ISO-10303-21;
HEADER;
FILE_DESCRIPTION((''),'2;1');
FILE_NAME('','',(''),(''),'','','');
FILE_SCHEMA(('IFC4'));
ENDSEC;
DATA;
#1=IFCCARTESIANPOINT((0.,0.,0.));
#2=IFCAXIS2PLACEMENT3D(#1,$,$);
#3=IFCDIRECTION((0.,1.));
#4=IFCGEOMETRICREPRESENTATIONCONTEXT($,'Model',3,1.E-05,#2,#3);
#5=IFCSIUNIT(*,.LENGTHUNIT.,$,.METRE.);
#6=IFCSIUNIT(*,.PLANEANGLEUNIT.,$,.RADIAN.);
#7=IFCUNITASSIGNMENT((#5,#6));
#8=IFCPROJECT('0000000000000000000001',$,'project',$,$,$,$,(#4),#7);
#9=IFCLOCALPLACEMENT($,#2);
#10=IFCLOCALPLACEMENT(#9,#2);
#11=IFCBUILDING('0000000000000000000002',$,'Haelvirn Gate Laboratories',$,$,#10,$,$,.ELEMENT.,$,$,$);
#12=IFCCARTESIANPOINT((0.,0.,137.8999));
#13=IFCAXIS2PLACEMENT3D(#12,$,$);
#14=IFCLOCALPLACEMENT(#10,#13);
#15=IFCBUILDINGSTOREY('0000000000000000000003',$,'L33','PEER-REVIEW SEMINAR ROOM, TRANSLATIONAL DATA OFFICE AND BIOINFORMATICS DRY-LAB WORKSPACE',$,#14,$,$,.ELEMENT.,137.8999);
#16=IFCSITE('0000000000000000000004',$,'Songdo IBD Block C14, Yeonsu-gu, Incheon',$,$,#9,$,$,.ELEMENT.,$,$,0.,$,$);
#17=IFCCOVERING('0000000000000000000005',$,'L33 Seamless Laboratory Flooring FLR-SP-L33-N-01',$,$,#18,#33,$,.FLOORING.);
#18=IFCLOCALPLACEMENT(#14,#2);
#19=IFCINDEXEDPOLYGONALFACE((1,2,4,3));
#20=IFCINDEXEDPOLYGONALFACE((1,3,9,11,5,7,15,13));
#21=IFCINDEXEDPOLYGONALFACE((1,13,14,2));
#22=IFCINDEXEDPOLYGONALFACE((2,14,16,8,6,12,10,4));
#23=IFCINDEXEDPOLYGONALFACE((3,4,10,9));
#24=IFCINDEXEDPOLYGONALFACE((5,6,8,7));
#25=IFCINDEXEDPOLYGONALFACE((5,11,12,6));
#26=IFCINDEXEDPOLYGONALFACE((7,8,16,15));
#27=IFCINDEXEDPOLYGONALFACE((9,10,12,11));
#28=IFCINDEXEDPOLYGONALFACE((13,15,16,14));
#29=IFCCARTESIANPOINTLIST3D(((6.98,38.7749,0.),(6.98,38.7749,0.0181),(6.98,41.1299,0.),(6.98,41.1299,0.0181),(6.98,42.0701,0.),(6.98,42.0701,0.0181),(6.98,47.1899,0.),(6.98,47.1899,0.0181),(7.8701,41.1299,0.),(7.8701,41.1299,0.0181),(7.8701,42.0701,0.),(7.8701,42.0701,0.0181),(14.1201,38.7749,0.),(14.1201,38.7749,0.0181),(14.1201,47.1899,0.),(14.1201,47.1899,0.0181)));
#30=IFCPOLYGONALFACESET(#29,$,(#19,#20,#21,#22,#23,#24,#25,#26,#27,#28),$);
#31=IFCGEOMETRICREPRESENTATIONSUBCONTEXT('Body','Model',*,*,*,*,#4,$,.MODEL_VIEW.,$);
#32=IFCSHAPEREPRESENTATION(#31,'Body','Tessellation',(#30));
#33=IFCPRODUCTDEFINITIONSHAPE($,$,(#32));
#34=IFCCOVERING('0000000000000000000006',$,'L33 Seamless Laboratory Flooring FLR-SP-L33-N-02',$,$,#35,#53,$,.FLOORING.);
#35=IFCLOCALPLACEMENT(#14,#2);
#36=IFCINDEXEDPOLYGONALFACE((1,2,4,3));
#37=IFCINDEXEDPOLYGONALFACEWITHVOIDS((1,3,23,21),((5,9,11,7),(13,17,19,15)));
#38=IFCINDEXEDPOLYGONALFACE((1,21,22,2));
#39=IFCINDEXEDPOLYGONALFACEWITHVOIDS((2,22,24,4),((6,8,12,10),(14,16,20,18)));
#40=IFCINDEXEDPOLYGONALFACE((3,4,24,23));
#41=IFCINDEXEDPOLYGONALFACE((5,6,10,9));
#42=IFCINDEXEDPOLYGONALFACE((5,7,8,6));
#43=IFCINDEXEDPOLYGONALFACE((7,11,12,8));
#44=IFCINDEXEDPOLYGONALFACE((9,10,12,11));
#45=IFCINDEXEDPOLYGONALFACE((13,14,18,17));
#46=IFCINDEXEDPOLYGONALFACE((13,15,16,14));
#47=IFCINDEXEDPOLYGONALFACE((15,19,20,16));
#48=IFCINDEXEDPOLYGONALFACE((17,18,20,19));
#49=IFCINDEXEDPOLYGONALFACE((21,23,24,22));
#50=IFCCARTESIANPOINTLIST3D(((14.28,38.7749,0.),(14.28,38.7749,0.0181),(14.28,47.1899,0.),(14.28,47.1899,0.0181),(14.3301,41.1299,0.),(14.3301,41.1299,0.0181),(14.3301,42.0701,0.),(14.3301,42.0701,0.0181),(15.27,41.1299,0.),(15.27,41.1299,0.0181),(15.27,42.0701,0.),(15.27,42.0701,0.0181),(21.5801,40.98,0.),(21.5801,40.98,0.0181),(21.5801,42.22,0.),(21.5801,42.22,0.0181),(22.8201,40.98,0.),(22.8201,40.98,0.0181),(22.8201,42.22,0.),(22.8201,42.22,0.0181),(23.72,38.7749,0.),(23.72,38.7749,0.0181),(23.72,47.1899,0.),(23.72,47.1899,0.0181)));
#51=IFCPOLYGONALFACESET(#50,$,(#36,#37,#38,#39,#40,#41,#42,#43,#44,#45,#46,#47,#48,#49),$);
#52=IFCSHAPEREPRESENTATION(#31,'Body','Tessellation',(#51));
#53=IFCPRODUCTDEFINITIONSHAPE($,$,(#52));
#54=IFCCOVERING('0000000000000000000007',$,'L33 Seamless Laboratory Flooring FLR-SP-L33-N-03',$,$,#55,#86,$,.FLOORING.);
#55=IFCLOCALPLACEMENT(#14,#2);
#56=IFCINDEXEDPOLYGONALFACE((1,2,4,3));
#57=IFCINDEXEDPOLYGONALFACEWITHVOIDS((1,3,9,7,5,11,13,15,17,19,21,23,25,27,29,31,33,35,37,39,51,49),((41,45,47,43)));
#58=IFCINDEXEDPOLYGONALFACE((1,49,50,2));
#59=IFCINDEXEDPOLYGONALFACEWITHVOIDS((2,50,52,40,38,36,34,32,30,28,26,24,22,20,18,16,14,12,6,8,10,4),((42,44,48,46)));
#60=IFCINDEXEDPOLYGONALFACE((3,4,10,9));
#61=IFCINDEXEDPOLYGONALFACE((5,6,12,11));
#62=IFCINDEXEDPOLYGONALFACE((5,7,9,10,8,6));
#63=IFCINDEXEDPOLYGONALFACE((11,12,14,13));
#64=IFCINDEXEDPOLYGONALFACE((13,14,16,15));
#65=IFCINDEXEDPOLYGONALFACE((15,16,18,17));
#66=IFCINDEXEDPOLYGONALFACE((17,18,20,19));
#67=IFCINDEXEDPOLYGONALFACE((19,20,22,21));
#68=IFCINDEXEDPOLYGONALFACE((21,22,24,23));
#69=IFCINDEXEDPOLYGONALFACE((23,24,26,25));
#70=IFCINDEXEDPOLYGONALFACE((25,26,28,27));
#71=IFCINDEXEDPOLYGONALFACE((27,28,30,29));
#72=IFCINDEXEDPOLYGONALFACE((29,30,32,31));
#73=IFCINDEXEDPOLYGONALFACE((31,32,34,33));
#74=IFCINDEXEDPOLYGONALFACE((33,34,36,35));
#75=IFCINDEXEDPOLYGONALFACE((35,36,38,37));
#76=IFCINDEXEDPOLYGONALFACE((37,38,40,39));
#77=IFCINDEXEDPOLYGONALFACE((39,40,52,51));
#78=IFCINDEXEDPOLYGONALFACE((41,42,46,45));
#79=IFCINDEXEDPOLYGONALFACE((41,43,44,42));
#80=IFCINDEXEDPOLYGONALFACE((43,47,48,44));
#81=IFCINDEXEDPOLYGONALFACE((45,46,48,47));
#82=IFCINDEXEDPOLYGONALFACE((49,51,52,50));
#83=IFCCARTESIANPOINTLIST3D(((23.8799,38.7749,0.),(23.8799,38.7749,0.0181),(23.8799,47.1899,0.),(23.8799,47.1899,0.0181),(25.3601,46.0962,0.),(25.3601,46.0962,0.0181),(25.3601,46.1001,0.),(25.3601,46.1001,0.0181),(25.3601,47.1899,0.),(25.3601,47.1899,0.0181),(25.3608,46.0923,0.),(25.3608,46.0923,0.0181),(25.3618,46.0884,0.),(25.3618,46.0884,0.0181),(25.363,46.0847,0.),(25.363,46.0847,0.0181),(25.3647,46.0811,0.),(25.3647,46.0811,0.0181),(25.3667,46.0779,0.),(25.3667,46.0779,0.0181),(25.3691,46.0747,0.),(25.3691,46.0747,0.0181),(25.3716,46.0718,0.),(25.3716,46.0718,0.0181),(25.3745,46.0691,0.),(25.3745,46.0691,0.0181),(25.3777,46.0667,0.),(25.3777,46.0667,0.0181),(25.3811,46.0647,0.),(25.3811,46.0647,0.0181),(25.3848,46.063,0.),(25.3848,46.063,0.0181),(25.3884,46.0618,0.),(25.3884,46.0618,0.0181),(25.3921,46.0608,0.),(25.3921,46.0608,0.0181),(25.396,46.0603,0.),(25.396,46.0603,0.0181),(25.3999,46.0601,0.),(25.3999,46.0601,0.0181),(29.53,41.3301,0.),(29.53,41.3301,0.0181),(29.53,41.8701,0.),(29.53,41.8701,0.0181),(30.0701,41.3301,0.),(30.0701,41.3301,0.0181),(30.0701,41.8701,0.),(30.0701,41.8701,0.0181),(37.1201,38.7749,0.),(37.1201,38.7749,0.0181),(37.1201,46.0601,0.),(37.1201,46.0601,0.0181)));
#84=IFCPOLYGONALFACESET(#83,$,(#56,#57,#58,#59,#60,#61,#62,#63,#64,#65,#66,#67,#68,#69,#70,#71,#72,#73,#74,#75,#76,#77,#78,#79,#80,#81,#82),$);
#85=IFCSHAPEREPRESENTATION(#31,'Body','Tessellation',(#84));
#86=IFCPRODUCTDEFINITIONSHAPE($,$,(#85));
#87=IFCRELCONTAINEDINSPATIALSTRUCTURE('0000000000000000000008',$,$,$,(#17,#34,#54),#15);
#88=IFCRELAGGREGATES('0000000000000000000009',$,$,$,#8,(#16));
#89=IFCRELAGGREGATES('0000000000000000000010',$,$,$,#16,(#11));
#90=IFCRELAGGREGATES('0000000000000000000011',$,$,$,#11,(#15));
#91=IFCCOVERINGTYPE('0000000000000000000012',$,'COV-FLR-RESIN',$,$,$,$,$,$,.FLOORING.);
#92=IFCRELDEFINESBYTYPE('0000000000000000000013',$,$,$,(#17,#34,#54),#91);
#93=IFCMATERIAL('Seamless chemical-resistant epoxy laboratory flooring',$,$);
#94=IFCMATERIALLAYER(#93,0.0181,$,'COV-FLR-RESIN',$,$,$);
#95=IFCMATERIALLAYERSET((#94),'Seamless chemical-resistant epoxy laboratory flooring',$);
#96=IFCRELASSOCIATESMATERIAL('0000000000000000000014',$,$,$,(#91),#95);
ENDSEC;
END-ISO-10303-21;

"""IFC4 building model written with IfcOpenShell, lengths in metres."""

from ifc_helpers import new_model, si_unit, direction, frame, origin, place, context, subcontext, project, spatial, polyline, outline, extrude, material, layer, layer_set, type_object, element, save


model = new_model("IFC4")

# Units and contexts
model_context = context("Model", 3, precision=1e-05, world=origin(), true_north=direction((0.0, 1.0)))
body_context = subcontext(model_context, "Body", "Model", "MODEL_VIEW")
ifc_project = project(units=[si_unit("LENGTHUNIT", "METRE"), si_unit("PLANEANGLEUNIT", "RADIAN")], contexts=[model_context])

# Site, building, storey
site_placement = place(None, origin())
site = spatial("IfcSite", under=ifc_project, at=site_placement, Name="Songdo IBD Block C14, Yeonsu-gu, Incheon", CompositionType="ELEMENT", RefElevation=0.0)
building_placement = place(site_placement, origin())
building = spatial("IfcBuilding", under=site, at=building_placement, Name="Haelvirn Gate Laboratories", CompositionType="ELEMENT")
storey_placement = place(building_placement, frame((0.0, 0.0, 137.8999)))
storey = spatial("IfcBuildingStorey", under=building, at=storey_placement, Name="L33", Description="PEER-REVIEW SEMINAR ROOM, TRANSLATIONAL DATA OFFICE AND BIOINFORMATICS DRY-LAB WORKSPACE", CompositionType="ELEMENT", Elevation=137.8999)

# Coverings
ifc_material_1 = material(Name="Seamless chemical-resistant epoxy laboratory flooring")
ifc_layer_1 = layer(ifc_material_1, 0.0181, Name="COV-FLR-RESIN")
ifc_layer_set_1 = layer_set([ifc_layer_1], Name="Seamless chemical-resistant epoxy laboratory flooring")
covering_type_1 = type_object("IfcCoveringType", Name="COV-FLR-RESIN", PredefinedType="FLOORING", material=ifc_layer_set_1)
covering_1_placement = place(storey_placement, origin())
element("IfcCovering", 1, at=covering_1_placement, inside=storey, type_object=covering_type_1, Name="L33 Seamless Laboratory Flooring FLR-SP-L33-N-01", PredefinedType="FLOORING", context=body_context, shape_type="SweptSolid", body=[
    extrude(outline(polyline([(7.8701, 41.1299), (7.8701, 42.0701), (6.98, 42.0701), (6.98, 47.1899), (14.1201, 47.1899), (14.1201, 38.7749), (6.98, 38.7749), (6.98, 41.1299), (7.8701, 41.1299)])), origin(), (0.0, 0.0, 1.0), 0.0181),
])
covering_2_placement = place(storey_placement, origin())
element("IfcCovering", 2, at=covering_2_placement, inside=storey, type_object=covering_type_1, Name="L33 Seamless Laboratory Flooring FLR-SP-L33-N-02", PredefinedType="FLOORING", context=body_context, shape_type="SweptSolid", body=[
    extrude(outline(polyline([(23.72, 38.7749), (14.28, 38.7749), (14.28, 47.1899), (23.72, 47.1899), (23.72, 38.7749)]), holes=[polyline([(14.3301, 41.1299), (15.27, 41.1299), (15.27, 42.0701), (14.3301, 42.0701), (14.3301, 41.1299)]), polyline([(21.5801, 42.22), (21.5801, 40.98), (22.8201, 40.98), (22.8201, 42.22), (21.5801, 42.22)])]), origin(), (0.0, 0.0, 1.0), 0.0181),
])
covering_3_placement = place(storey_placement, origin())
element("IfcCovering", 3, at=covering_3_placement, inside=storey, type_object=covering_type_1, Name="L33 Seamless Laboratory Flooring FLR-SP-L33-N-03", PredefinedType="FLOORING", context=body_context, shape_type="SweptSolid", body=[
    extrude(outline(polyline([(23.8799, 47.1899), (25.3601, 47.1899), (25.3601, 46.1001), (25.3601, 46.0962), (25.3608, 46.0923), (25.3618, 46.0884), (25.363, 46.0847), (25.3647, 46.0811), (25.3667, 46.0779), (25.3691, 46.0747), (25.3716, 46.0718), (25.3745, 46.0691), (25.3777, 46.0667), (25.3811, 46.0647), (25.3848, 46.063), (25.3884, 46.0618), (25.3921, 46.0608), (25.396, 46.0603), (25.3999, 46.0601), (37.1201, 46.0601), (37.1201, 38.7749), (23.8799, 38.7749), (23.8799, 47.1899)]), holes=[polyline([(29.53, 41.8701), (29.53, 41.3301), (30.0701, 41.3301), (30.0701, 41.8701), (29.53, 41.8701)])]), origin(), (0.0, 0.0, 1.0), 0.0181),
])

save(model, "model.ifc")
